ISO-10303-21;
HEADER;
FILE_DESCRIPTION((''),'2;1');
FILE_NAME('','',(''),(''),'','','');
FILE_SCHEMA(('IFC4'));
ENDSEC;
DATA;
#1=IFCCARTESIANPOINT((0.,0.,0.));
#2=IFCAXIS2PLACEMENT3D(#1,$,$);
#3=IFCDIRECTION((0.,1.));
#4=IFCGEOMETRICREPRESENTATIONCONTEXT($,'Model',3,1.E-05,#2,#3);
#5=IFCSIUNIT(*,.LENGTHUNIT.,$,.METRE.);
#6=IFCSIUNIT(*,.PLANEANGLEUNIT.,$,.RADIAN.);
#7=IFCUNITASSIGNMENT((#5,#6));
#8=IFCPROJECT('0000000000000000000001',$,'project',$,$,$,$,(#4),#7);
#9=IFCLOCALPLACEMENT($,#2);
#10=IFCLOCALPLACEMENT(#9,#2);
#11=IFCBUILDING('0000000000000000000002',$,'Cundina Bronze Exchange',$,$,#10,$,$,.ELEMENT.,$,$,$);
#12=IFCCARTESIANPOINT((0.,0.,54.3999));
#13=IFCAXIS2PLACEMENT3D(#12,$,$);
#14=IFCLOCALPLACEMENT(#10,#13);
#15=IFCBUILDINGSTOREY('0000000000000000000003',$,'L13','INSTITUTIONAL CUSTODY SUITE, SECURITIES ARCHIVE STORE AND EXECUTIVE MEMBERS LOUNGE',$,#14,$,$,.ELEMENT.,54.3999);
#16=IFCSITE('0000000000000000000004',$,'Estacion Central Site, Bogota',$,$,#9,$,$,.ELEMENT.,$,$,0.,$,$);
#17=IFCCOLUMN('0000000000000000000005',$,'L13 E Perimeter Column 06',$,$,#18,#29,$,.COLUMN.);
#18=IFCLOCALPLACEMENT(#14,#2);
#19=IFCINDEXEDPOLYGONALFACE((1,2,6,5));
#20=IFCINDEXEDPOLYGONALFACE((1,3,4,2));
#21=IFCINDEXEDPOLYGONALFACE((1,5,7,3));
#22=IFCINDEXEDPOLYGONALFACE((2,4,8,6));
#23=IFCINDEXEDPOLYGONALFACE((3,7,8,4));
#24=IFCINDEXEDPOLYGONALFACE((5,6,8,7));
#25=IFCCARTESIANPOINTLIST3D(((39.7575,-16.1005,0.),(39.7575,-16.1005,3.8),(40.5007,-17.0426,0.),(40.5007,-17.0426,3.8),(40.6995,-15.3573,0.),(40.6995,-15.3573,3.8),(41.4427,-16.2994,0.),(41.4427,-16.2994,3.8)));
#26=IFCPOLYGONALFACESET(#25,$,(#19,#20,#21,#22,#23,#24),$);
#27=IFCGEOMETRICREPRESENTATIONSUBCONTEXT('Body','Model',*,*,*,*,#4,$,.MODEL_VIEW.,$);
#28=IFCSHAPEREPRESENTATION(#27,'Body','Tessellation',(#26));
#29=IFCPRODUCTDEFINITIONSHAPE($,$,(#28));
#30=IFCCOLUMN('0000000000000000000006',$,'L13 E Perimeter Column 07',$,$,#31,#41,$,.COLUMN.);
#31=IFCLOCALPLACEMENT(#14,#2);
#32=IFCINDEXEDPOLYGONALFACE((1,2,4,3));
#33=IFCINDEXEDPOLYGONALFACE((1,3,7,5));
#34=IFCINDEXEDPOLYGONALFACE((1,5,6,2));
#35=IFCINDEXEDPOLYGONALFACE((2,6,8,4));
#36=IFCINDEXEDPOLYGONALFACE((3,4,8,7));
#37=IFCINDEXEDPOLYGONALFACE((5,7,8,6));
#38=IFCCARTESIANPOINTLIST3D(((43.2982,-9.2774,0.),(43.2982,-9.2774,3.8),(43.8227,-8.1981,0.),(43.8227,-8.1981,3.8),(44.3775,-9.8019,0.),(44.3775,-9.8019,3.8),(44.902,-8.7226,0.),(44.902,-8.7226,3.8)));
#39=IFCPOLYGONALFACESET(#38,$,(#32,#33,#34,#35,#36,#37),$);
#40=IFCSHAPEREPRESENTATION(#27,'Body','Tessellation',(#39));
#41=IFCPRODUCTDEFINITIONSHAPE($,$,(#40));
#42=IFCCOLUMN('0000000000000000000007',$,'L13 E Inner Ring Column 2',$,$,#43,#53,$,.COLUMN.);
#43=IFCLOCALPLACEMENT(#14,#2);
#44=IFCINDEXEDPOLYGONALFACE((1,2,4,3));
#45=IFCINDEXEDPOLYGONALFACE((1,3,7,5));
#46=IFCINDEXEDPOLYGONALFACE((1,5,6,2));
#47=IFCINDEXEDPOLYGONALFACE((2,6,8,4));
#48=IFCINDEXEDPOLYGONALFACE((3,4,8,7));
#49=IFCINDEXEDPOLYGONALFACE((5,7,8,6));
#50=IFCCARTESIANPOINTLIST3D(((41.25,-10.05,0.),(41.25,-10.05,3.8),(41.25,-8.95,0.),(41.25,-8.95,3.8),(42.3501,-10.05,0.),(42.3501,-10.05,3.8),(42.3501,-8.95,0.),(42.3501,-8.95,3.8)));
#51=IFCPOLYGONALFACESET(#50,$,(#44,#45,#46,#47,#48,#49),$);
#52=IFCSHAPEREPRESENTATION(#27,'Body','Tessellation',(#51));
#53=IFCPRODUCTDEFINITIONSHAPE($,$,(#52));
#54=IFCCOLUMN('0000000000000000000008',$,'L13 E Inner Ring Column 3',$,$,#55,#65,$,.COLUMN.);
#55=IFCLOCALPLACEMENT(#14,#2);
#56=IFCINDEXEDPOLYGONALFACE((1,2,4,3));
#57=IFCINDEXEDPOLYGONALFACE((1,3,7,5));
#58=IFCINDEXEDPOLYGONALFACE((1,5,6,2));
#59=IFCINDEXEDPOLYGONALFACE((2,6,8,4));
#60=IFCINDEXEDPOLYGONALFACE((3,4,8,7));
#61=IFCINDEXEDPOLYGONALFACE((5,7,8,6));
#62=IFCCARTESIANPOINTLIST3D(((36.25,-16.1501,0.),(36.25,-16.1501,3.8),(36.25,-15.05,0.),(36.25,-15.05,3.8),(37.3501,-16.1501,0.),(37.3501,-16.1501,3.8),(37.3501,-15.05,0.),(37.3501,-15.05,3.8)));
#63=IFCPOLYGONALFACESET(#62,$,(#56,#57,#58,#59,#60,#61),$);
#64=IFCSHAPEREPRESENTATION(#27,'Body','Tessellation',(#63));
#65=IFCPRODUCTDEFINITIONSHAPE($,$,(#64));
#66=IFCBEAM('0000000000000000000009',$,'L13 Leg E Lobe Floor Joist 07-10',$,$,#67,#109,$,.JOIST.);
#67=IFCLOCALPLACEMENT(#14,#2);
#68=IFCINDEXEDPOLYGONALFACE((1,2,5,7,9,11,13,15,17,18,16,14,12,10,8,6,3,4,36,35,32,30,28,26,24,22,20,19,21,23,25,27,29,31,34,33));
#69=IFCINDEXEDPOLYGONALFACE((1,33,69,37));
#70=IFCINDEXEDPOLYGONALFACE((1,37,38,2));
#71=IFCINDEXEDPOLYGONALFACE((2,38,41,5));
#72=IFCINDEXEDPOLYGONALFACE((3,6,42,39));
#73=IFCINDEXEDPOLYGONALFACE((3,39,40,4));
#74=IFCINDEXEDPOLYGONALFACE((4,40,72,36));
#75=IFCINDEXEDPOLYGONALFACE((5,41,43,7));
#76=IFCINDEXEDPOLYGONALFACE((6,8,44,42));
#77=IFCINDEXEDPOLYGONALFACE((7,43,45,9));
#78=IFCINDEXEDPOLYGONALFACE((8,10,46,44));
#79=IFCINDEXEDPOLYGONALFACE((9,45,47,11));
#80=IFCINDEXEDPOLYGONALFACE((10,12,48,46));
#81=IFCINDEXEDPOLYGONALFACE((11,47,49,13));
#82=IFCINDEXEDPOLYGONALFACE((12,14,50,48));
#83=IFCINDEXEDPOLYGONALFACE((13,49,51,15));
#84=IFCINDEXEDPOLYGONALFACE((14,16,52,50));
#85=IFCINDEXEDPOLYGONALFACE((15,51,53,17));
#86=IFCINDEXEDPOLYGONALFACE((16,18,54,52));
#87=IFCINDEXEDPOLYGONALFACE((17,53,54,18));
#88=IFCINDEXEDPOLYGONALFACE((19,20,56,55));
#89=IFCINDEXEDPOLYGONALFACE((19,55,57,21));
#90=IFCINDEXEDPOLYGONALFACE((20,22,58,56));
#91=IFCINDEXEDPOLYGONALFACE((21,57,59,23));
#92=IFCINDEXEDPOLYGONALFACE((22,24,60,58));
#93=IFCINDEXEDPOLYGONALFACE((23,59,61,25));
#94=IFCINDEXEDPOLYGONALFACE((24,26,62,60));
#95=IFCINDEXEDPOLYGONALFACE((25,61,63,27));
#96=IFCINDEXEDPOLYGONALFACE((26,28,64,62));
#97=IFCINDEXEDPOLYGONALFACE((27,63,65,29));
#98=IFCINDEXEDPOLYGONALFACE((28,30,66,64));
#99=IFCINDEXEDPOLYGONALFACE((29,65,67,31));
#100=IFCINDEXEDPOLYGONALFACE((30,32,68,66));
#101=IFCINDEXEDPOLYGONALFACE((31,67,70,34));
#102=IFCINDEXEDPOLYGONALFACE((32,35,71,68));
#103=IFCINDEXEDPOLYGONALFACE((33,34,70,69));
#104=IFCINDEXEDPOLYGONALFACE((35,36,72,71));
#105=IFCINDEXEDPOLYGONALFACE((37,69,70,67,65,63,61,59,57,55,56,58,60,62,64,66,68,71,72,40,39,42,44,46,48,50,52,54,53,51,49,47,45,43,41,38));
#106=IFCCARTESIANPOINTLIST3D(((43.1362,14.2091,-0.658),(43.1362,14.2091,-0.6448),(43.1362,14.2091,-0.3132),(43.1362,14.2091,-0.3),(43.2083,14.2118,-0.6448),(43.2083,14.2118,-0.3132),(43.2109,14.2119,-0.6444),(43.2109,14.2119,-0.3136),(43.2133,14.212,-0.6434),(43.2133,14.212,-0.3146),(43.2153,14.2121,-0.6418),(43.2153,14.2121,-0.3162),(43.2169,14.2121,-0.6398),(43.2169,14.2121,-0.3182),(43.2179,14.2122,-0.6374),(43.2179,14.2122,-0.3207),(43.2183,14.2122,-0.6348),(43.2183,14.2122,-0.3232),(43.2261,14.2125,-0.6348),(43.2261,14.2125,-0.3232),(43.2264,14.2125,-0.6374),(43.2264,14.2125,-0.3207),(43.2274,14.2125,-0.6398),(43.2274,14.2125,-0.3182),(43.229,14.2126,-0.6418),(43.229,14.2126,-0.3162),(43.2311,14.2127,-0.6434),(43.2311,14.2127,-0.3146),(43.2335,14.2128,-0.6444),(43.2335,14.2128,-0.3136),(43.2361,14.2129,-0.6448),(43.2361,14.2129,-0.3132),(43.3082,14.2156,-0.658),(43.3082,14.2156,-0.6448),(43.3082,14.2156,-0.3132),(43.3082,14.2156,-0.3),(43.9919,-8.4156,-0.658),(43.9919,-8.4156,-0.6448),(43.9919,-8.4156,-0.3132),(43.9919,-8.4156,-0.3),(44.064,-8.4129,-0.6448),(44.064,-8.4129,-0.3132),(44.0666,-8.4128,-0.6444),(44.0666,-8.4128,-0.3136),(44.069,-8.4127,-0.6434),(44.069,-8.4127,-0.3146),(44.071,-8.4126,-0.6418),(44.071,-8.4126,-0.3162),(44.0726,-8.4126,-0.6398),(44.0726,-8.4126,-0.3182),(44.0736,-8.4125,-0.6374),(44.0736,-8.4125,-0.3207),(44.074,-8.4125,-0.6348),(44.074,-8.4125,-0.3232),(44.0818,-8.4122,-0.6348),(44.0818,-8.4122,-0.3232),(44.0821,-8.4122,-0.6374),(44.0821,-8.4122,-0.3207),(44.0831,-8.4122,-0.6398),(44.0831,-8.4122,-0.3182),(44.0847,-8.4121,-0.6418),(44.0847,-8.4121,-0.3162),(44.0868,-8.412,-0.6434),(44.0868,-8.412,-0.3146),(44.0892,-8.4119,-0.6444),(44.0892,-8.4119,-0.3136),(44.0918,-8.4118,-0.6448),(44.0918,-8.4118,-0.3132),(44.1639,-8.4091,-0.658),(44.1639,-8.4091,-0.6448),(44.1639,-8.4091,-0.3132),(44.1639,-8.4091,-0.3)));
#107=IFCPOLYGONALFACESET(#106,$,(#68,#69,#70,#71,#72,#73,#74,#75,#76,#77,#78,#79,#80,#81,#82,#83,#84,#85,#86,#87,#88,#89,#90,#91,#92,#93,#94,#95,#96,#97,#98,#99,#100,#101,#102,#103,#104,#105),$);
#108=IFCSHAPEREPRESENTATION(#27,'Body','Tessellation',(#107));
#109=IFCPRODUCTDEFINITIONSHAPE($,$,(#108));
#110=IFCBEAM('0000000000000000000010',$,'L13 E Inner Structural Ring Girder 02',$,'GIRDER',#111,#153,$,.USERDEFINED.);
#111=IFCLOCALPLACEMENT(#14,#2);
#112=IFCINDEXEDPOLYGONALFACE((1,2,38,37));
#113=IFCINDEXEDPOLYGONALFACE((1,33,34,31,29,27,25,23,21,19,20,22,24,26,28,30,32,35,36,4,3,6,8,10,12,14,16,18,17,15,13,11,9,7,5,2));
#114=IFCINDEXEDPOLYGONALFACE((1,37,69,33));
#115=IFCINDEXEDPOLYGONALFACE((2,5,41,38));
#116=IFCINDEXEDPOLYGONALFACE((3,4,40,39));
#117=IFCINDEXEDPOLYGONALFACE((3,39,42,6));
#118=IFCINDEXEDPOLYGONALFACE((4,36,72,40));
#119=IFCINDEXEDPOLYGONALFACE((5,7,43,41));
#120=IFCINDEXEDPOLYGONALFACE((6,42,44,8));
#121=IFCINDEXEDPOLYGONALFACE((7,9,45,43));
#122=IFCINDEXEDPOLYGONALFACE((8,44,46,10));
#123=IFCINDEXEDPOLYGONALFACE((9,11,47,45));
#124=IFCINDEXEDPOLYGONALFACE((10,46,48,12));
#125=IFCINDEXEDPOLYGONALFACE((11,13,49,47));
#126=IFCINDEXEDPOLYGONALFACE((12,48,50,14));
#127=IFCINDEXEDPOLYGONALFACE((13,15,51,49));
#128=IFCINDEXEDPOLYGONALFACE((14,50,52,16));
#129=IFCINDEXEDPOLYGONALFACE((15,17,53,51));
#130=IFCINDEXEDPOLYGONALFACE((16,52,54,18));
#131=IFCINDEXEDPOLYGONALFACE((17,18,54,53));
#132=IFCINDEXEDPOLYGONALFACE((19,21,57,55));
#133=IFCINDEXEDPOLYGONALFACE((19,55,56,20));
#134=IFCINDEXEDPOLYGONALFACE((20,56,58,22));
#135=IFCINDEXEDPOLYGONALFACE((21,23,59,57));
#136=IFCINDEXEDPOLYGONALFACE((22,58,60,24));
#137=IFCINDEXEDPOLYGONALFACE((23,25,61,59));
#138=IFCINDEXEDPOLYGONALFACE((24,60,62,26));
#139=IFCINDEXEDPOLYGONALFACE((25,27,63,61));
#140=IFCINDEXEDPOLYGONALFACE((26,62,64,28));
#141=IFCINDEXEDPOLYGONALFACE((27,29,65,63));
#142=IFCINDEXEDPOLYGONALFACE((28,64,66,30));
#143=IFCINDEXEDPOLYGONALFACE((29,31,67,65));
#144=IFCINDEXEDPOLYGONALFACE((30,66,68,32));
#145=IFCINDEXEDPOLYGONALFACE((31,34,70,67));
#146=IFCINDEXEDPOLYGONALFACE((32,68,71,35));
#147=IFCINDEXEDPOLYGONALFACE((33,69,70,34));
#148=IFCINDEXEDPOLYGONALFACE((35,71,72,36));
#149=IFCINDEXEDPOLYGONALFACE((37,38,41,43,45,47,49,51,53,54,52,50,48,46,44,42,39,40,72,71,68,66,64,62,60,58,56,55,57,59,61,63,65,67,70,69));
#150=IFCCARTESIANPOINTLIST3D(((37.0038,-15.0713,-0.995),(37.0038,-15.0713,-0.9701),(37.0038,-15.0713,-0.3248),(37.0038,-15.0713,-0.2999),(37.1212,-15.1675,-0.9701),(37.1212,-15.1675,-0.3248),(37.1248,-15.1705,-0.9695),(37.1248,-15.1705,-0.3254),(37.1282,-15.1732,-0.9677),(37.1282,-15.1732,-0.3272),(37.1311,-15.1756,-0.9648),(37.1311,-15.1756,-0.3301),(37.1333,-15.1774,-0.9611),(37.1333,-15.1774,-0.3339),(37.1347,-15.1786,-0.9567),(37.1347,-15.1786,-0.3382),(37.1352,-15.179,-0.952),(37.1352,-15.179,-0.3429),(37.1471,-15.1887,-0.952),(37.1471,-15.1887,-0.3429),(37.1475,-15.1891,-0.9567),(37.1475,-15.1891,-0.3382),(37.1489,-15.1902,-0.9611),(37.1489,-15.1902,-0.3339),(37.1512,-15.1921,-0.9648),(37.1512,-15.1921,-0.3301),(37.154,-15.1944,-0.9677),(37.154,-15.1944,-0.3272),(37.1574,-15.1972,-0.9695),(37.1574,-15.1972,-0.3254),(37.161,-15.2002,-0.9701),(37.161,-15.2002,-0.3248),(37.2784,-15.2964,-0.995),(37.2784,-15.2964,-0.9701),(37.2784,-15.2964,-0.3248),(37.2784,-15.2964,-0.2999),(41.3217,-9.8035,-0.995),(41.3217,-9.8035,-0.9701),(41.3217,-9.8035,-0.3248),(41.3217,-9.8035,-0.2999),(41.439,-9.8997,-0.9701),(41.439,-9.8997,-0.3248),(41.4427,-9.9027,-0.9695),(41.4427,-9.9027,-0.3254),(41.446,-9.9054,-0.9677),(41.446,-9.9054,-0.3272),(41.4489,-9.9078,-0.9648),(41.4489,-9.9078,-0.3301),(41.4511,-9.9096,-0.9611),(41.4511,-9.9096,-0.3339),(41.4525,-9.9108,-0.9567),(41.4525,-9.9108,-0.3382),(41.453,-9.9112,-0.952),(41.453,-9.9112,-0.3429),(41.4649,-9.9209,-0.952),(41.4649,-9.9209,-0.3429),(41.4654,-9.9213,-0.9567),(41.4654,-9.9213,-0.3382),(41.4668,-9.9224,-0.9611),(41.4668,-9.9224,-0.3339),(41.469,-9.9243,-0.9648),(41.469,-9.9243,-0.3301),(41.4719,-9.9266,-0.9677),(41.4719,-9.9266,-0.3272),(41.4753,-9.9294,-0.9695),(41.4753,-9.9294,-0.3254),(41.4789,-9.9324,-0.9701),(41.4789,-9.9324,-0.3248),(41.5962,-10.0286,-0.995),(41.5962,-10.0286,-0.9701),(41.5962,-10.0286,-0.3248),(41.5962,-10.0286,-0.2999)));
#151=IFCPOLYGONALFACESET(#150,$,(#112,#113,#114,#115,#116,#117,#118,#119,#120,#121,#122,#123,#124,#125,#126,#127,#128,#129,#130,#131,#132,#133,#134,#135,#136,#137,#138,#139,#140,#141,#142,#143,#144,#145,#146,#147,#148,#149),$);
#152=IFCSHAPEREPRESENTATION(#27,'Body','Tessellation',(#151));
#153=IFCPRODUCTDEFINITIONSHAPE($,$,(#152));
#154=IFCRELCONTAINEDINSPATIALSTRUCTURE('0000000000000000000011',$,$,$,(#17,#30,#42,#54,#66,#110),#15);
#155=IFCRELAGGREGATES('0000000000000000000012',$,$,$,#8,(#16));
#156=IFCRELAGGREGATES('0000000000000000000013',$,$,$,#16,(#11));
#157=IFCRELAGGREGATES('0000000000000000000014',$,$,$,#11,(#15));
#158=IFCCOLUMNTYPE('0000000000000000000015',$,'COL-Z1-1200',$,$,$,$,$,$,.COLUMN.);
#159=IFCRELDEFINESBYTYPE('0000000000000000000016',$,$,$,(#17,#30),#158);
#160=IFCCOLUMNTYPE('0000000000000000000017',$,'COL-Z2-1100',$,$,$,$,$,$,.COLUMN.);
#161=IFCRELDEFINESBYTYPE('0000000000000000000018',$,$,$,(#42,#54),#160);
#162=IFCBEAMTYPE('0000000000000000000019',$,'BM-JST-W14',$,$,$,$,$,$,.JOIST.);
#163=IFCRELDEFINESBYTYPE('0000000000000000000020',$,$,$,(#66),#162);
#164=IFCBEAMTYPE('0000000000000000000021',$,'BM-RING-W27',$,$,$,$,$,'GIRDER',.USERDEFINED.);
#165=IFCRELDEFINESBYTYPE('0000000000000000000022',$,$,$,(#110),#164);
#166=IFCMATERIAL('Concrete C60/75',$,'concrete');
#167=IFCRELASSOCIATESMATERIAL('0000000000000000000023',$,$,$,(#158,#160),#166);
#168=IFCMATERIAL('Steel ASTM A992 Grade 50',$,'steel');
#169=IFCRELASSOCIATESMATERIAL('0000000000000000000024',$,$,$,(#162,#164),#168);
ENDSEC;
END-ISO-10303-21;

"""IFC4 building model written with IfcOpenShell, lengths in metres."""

from ifc_helpers import new_model, si_unit, direction, frame, origin, origin_2d, place, context, subcontext, project, spatial, rectangle, i_section, extrude, material, material_profile, profile_set, type_object, element, save


model = new_model("IFC4")

# Units and contexts
model_context = context("Model", 3, precision=1e-05, world=origin(), true_north=direction((0.0, 1.0)))
body_context = subcontext(model_context, "Body", "Model", "MODEL_VIEW")
ifc_project = project(units=[si_unit("LENGTHUNIT", "METRE"), si_unit("PLANEANGLEUNIT", "RADIAN")], contexts=[model_context])

# Site, building, storey
site_placement = place(None, origin())
site = spatial("IfcSite", under=ifc_project, at=site_placement, Name="Estacion Central Site, Bogota", CompositionType="ELEMENT", RefElevation=0.0)
building_placement = place(site_placement, origin())
building = spatial("IfcBuilding", under=site, at=building_placement, Name="Cundina Bronze Exchange", CompositionType="ELEMENT")
storey_placement = place(building_placement, frame((0.0, 0.0, 54.3999)))
storey = spatial("IfcBuildingStorey", under=building, at=storey_placement, Name="L13", Description="INSTITUTIONAL CUSTODY SUITE, SECURITIES ARCHIVE STORE AND EXECUTIVE MEMBERS LOUNGE", CompositionType="ELEMENT", Elevation=54.3999)

# Columns
ifc_material_1 = material(Name="Concrete C60/75", Category="concrete")
ifc_material_profile_1 = material_profile(ifc_material_1, rectangle(XDim=1.2, YDim=1.2, at=origin_2d()), Name="RC1200X1200", Category="concrete")
ifc_profile_set_1 = profile_set([ifc_material_profile_1], Name="Concrete C60/75")
column_type_1 = type_object("IfcColumnType", Name="COL-Z1-1200", PredefinedType="COLUMN", material=ifc_profile_set_1)
for number, where, z_axis, x_axis, name in (
    (1, (40.6001, -16.2, 0.0), (0.0, 0.0, 1.0), (0.785101, 0.619368, 0.0), "L13 E Perimeter Column 06"),
    (2, (44.1001, -9.0, 0.0), (0.0, 0.0, 1.0), (0.437116, 0.899405, 0.0), "L13 E Perimeter Column 07"),
):
    element("IfcColumn", number, at=place(storey_placement, frame(where, z_axis=z_axis, x_axis=x_axis)), inside=storey, type_object=column_type_1, Name=name, PredefinedType="COLUMN", context=body_context, shape_type="SweptSolid", body=[
        extrude(rectangle(XDim=1.2, YDim=1.2, at=origin_2d()), origin(), (0.0, 0.0, 1.0), 3.8),
    ])
ifc_material_profile_2 = material_profile(ifc_material_1, rectangle(XDim=1.1001, YDim=1.1001, at=origin_2d()), Name="RC1100X1100", Category="concrete")
ifc_profile_set_2 = profile_set([ifc_material_profile_2], Name="Concrete C60/75")
column_type_2 = type_object("IfcColumnType", Name="COL-Z2-1100", PredefinedType="COLUMN", material=ifc_profile_set_2)
for number, where, z_axis, x_axis, name in (
    (3, (41.8, -9.5, 0.0), (0.0, 0.0, 1.0), (1.0, 0.0, 0.0), "L13 E Inner Ring Column 2"),
    (4, (36.8, -15.6001, 0.0), (0.0, 0.0, 1.0), (1.0, 0.0, 0.0), "L13 E Inner Ring Column 3"),
):
    element("IfcColumn", number, at=place(storey_placement, frame(where, z_axis=z_axis, x_axis=x_axis)), inside=storey, type_object=column_type_2, Name=name, PredefinedType="COLUMN", context=body_context, shape_type="SweptSolid", body=[
        extrude(rectangle(XDim=1.1001, YDim=1.1001, at=origin_2d()), origin(), (0.0, 0.0, 1.0), 3.8),
    ])

# Beams
ifc_material_2 = material(Name="Steel ASTM A992 Grade 50", Category="steel")
ifc_material_profile_3 = material_profile(ifc_material_2, i_section(OverallWidth=0.1721, OverallDepth=0.3579, WebThickness=0.0078, FlangeThickness=0.0132, FilletRadius=0.01, at=origin_2d()), Name="W14X38", Category="steel")
ifc_profile_set_3 = profile_set([ifc_material_profile_3], Name="Steel ASTM A992 Grade 50")
beam_type_1 = type_object("IfcBeamType", Name="BM-JST-W14", PredefinedType="JOIST", material=ifc_profile_set_3)
beam_1_placement = place(storey_placement, frame((44.0779, -8.4124, -0.479), z_axis=(-0.037795, 0.999286, 0.0), x_axis=(-0.999286, -0.037795, 0.0)))
element("IfcBeam", 5, at=beam_1_placement, inside=storey, type_object=beam_type_1, Name="L13 Leg E Lobe Floor Joist 07-10", PredefinedType="JOIST", context=body_context, shape_type="SweptSolid", body=[
    extrude(i_section(OverallWidth=0.1721, OverallDepth=0.3579, WebThickness=0.0078, FlangeThickness=0.0132, FilletRadius=0.01, at=origin_2d()), origin(), (0.0, 0.0, 1.0), 22.6409),
])
ifc_material_profile_4 = material_profile(ifc_material_2, i_section(OverallWidth=0.355, OverallDepth=0.6951, WebThickness=0.0154, FlangeThickness=0.0249, FilletRadius=0.0181, at=origin_2d()), Name="W27X146", Category="steel")
ifc_profile_set_4 = profile_set([ifc_material_profile_4], Name="Steel ASTM A992 Grade 50")
beam_type_2 = type_object("IfcBeamType", Name="BM-RING-W27", ElementType="GIRDER", PredefinedType="USERDEFINED", material=ifc_profile_set_4)
beam_2_placement = place(storey_placement, frame((37.1411, -15.1838, -0.6475), z_axis=(0.633927, 0.773393, 0.0), x_axis=(-0.773393, 0.633927, 0.0)))
element("IfcBeam", 6, at=beam_2_placement, inside=storey, type_object=beam_type_2, Name="L13 E Inner Structural Ring Girder 02", ObjectType="GIRDER", PredefinedType="USERDEFINED", context=body_context, shape_type="SweptSolid", body=[
    extrude(i_section(OverallWidth=0.355, OverallDepth=0.6951, WebThickness=0.0154, FlangeThickness=0.0249, FilletRadius=0.0181, at=origin_2d()), origin(), (0.0, 0.0, 1.0), 6.8113),
])

save(model, "model.ifc")
